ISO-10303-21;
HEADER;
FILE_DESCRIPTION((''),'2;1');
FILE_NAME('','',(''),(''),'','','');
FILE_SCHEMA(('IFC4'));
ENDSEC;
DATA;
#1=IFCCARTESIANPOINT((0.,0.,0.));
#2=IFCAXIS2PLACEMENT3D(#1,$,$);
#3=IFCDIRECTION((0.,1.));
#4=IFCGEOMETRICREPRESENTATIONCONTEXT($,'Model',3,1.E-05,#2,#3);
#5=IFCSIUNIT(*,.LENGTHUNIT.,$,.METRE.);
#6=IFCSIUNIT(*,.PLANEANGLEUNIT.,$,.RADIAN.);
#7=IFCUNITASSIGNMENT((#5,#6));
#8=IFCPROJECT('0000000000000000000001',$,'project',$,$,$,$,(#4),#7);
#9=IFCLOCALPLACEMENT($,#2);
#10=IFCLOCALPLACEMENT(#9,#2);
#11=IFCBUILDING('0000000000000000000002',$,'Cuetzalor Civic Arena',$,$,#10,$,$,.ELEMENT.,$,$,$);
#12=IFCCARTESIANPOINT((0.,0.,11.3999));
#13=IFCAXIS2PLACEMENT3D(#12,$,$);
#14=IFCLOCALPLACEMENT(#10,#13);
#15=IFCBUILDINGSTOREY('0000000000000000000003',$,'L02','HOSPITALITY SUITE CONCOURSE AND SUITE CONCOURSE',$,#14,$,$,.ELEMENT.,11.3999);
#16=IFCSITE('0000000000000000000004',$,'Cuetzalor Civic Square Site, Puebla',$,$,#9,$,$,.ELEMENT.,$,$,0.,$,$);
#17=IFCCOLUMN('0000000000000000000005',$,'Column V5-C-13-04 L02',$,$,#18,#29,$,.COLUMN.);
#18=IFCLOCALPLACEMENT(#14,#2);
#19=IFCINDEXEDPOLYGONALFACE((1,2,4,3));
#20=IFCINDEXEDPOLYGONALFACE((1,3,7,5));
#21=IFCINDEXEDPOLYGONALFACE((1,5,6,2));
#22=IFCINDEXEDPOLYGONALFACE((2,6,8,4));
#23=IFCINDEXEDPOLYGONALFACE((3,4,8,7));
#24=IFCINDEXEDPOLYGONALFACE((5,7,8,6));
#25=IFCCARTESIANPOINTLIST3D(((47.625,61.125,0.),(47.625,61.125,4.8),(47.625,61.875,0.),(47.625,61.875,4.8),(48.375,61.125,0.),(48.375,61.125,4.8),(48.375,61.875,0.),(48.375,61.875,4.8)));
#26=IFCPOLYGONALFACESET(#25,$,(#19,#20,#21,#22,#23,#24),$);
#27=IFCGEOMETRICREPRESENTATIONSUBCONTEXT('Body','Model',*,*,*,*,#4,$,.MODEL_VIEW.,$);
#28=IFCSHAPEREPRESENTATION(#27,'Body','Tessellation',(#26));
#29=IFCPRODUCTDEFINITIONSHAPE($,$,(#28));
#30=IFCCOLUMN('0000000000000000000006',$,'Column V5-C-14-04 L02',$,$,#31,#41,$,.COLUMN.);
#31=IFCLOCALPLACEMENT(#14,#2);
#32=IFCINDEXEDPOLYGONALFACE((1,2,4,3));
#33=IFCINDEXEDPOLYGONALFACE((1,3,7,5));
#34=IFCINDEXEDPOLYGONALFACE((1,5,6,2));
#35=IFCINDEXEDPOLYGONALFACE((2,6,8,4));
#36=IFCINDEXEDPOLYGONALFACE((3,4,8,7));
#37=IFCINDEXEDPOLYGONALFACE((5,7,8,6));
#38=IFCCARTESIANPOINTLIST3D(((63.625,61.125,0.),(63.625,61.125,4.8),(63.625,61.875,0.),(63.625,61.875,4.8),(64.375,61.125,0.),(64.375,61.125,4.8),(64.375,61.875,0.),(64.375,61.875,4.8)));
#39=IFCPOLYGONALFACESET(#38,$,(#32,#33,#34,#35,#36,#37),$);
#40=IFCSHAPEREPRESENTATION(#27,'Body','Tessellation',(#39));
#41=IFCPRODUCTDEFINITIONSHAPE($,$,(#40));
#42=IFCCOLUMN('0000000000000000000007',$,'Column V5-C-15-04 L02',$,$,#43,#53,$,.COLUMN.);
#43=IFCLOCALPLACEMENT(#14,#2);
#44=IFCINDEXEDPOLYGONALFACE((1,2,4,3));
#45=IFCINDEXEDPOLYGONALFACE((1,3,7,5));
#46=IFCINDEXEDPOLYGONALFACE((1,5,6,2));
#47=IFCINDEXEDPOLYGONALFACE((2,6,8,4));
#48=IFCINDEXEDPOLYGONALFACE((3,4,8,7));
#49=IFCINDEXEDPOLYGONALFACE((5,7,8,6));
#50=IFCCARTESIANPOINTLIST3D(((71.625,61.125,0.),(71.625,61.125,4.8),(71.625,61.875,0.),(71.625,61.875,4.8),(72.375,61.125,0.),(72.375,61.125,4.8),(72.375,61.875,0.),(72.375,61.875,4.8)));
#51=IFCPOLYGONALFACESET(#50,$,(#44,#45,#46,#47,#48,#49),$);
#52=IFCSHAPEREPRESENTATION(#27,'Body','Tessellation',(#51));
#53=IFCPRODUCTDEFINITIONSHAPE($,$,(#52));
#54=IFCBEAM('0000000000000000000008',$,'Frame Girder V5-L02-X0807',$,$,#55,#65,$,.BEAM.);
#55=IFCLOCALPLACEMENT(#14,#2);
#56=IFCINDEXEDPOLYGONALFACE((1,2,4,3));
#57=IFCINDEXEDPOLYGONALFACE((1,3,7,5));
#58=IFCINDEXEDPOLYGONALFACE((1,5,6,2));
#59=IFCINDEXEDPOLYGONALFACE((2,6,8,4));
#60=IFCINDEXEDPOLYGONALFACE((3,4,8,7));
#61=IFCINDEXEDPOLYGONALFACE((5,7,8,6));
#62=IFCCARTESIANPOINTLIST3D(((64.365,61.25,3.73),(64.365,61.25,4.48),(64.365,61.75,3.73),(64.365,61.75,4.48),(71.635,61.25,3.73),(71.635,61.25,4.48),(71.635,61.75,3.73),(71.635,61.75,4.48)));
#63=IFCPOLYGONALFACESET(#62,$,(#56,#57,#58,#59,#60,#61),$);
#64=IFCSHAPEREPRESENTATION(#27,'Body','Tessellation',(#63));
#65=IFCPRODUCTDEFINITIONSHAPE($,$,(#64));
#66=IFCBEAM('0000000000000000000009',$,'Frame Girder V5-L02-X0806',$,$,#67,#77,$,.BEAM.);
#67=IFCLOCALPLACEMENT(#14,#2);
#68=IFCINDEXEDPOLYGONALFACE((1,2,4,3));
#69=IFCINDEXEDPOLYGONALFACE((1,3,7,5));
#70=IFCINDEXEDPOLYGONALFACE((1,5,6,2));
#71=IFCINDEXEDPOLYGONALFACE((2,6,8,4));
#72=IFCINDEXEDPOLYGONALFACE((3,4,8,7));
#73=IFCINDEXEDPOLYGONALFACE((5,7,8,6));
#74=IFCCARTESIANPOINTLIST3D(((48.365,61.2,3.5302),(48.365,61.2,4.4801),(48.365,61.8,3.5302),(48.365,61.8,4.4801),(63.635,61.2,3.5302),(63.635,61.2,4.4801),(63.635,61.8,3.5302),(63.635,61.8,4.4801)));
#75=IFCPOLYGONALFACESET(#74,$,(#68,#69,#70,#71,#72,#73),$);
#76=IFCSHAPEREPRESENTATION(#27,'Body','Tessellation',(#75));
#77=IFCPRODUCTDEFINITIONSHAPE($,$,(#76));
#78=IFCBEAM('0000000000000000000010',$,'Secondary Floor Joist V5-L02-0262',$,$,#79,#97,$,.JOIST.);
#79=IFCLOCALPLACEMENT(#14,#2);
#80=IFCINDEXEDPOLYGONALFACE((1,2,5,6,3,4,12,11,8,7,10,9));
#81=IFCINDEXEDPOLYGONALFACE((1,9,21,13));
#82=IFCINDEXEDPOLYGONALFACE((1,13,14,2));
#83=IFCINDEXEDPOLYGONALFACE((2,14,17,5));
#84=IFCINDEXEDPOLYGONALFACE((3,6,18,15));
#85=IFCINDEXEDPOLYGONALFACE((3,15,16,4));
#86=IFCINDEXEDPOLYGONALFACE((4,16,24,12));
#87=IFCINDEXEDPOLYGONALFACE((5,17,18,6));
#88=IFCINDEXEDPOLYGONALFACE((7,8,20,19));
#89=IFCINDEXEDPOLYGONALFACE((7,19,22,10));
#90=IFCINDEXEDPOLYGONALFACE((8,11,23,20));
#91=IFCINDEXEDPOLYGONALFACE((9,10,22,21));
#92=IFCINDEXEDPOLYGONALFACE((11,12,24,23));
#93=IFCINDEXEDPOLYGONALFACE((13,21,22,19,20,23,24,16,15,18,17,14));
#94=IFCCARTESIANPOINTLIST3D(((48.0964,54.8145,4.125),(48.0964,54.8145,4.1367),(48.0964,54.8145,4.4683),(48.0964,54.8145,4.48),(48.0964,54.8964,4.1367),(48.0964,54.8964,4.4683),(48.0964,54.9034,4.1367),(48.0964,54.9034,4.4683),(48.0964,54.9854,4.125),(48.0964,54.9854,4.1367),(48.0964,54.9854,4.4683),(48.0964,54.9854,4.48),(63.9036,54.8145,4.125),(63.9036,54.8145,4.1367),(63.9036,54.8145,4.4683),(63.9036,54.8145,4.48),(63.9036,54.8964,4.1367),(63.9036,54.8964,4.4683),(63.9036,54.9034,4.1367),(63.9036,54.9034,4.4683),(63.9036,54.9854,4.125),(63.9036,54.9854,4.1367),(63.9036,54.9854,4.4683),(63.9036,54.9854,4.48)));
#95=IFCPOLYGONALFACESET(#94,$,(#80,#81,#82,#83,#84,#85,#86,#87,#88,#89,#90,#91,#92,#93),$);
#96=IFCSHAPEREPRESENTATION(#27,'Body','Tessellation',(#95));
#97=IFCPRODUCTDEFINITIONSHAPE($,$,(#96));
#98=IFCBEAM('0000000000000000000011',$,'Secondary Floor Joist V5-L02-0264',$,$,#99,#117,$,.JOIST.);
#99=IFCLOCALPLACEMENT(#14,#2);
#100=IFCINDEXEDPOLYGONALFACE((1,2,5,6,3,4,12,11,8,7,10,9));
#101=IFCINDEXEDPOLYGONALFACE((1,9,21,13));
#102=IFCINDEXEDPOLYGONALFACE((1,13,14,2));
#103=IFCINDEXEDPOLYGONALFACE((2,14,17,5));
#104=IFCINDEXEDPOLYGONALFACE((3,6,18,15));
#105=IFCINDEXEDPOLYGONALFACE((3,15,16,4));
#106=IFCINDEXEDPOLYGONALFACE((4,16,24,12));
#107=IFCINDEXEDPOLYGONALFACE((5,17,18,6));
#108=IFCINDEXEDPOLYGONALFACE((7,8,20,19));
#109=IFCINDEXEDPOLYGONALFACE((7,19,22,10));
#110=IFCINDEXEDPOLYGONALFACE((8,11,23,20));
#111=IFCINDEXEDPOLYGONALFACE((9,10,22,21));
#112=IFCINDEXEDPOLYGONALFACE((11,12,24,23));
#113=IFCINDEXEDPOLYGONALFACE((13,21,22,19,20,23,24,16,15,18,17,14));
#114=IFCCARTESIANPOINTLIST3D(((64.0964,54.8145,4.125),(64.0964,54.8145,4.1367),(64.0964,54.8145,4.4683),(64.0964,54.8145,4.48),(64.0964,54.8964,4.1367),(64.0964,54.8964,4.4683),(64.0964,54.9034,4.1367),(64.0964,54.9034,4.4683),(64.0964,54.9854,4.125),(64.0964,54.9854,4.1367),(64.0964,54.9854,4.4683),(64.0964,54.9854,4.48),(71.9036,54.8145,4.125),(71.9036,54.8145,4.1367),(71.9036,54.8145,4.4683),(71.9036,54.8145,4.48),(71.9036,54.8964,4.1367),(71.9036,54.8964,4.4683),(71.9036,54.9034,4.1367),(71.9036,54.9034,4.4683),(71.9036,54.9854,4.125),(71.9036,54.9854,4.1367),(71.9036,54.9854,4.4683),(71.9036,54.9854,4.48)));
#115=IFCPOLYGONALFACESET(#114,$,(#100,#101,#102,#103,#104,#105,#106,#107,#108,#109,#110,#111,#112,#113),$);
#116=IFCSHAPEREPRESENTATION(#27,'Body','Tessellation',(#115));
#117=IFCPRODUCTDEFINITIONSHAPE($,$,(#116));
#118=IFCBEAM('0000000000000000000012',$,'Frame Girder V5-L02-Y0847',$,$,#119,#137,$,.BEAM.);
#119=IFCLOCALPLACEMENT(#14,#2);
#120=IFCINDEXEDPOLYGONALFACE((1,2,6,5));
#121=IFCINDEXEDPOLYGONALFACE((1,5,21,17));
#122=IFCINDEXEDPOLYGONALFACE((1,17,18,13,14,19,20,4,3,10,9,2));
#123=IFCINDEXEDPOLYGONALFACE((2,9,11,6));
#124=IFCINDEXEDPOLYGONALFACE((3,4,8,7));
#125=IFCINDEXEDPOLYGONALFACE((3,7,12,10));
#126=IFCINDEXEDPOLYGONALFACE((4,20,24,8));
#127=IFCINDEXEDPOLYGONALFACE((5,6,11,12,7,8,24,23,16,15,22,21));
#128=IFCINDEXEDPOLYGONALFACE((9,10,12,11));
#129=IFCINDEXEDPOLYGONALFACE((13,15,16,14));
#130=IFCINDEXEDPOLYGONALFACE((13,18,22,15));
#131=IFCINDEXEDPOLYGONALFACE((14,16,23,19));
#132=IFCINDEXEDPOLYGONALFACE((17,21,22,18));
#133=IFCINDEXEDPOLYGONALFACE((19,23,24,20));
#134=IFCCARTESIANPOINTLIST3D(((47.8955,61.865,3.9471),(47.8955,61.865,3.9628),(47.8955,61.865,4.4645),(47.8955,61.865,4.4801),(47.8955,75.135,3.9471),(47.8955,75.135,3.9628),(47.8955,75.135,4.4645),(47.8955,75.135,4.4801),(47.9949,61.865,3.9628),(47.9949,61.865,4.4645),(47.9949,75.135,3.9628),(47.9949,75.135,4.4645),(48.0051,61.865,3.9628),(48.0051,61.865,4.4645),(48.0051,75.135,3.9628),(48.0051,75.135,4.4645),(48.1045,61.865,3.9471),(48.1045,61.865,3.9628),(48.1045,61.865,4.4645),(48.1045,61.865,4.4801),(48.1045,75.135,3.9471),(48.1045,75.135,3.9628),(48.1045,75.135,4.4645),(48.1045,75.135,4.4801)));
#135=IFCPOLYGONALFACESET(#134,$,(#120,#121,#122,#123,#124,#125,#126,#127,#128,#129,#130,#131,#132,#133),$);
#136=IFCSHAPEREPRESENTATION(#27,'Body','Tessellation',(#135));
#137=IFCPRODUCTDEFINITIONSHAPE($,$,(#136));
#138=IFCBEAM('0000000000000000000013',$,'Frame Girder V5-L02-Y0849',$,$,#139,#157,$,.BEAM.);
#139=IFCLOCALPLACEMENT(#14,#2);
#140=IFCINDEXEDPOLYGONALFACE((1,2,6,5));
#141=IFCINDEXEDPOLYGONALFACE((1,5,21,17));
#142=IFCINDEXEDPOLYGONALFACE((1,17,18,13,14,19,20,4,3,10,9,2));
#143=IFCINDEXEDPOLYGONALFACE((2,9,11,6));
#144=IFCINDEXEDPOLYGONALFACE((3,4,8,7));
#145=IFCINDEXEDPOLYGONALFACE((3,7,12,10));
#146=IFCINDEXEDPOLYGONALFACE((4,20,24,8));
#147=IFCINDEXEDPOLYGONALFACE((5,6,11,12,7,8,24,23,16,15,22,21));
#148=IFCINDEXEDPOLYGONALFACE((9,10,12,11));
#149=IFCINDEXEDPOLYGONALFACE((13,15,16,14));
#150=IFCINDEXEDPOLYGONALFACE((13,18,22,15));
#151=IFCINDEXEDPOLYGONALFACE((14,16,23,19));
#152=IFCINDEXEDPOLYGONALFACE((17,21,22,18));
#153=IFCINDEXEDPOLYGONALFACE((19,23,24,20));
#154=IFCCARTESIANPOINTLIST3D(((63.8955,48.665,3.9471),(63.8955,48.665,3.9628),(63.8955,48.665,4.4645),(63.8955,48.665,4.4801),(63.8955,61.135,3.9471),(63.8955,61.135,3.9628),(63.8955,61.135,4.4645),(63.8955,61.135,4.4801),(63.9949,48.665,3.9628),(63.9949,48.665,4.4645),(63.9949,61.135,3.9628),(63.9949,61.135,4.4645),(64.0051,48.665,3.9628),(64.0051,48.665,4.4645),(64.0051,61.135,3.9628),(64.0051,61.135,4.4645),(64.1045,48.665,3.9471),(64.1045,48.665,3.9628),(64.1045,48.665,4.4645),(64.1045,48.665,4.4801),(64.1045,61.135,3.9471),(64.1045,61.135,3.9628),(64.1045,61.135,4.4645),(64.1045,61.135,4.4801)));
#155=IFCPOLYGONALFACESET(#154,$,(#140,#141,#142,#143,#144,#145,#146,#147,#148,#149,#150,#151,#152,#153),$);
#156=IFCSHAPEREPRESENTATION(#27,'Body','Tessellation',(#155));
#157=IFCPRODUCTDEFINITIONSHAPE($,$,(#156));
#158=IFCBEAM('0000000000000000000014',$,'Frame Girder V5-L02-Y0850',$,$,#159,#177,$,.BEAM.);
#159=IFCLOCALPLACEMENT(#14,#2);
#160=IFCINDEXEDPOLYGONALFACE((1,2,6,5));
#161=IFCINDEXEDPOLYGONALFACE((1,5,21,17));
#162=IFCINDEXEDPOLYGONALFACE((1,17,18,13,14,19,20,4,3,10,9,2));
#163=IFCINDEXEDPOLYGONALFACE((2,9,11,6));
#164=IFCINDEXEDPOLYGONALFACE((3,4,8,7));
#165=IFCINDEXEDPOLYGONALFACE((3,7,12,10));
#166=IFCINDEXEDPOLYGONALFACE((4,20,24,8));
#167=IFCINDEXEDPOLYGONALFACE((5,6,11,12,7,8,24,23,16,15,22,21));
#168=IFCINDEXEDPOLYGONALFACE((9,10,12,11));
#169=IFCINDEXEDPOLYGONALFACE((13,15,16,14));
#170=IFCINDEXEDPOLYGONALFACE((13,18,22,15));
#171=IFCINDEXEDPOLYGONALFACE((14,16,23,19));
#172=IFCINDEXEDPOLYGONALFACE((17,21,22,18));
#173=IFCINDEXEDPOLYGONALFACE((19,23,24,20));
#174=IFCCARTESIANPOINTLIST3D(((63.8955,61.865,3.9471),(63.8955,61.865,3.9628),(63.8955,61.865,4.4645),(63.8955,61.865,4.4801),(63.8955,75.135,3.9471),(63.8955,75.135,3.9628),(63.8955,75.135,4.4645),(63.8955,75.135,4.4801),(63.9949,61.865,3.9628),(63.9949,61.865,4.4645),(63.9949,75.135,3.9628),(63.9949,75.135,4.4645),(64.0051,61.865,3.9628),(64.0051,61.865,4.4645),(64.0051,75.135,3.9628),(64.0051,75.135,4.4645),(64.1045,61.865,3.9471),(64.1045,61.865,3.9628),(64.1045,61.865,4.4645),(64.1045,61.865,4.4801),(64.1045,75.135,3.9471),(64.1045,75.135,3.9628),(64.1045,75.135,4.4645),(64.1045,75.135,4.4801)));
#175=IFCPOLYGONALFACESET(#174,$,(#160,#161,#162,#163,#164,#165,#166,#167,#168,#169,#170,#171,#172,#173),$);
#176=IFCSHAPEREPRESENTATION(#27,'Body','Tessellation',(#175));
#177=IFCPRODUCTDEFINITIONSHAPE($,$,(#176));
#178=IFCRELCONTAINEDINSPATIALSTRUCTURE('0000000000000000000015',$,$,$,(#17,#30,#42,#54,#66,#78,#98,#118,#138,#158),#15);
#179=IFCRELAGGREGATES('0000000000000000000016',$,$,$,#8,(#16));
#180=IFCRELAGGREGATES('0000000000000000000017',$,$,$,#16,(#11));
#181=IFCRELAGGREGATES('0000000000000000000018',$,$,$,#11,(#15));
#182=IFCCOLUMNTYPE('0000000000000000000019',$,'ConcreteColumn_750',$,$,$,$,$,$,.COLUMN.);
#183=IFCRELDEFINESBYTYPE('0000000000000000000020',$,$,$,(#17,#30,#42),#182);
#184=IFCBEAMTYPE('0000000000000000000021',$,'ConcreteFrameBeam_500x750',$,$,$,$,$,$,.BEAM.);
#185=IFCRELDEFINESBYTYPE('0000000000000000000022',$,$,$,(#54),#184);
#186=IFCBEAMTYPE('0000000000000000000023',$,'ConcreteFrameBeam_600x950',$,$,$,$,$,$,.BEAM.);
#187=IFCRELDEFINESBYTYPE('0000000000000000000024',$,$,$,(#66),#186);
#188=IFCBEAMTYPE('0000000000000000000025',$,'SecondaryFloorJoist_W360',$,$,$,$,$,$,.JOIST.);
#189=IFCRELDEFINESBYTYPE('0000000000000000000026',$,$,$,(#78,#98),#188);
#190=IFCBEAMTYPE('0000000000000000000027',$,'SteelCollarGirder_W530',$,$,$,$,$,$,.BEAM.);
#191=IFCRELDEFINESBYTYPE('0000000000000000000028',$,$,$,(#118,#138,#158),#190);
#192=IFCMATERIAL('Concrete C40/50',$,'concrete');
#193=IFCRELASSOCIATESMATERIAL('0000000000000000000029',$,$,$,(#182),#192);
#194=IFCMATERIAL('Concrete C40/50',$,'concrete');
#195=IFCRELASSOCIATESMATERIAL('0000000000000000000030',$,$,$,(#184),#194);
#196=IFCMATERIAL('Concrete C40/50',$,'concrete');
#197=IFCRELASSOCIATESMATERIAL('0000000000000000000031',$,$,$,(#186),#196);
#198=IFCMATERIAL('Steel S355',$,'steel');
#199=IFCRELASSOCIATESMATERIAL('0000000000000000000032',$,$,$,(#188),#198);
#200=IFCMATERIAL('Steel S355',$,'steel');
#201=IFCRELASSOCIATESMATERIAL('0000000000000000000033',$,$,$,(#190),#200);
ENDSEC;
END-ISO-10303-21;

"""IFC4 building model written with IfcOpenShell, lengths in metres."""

from ifc_helpers import new_model, si_unit, direction, frame, origin, origin_2d, place, context, subcontext, project, spatial, rectangle, i_section, extrude, material, material_profile, profile_set, type_object, element, save


model = new_model("IFC4")

# Units and contexts
model_context = context("Model", 3, precision=1e-05, world=origin(), true_north=direction((0.0, 1.0)))
body_context = subcontext(model_context, "Body", "Model", "MODEL_VIEW")
ifc_project = project(units=[si_unit("LENGTHUNIT", "METRE"), si_unit("PLANEANGLEUNIT", "RADIAN")], contexts=[model_context])

# Site, building, storey
site_placement = place(None, origin())
site = spatial("IfcSite", under=ifc_project, at=site_placement, Name="Cuetzalor Civic Square Site, Puebla", CompositionType="ELEMENT", RefElevation=0.0)
building_placement = place(site_placement, origin())
building = spatial("IfcBuilding", under=site, at=building_placement, Name="Cuetzalor Civic Arena", CompositionType="ELEMENT")
storey_placement = place(building_placement, frame((0.0, 0.0, 11.3999)))
storey = spatial("IfcBuildingStorey", under=building, at=storey_placement, Name="L02", Description="HOSPITALITY SUITE CONCOURSE AND SUITE CONCOURSE", CompositionType="ELEMENT", Elevation=11.3999)

# Columns
ifc_material_1 = material(Name="Concrete C40/50", Category="concrete")
ifc_material_profile_1 = material_profile(ifc_material_1, rectangle(XDim=0.75, YDim=0.75, at=origin_2d()), Name="RC 750x750")
ifc_profile_set_1 = profile_set([ifc_material_profile_1], Name="Concrete C40/50")
column_type = type_object("IfcColumnType", Name="ConcreteColumn_750", PredefinedType="COLUMN", material=ifc_profile_set_1)
for number, where, z_axis, x_axis, name in (
    (1, (48.0, 61.5, 0.0), (0.0, 0.0, 1.0), (1.0, 0.0, 0.0), "Column V5-C-13-04 L02"),
    (2, (64.0, 61.5, 0.0), (0.0, 0.0, 1.0), (1.0, 0.0, 0.0), "Column V5-C-14-04 L02"),
    (3, (72.0, 61.5, 0.0), (0.0, 0.0, 1.0), (1.0, 0.0, 0.0), "Column V5-C-15-04 L02"),
):
    element("IfcColumn", number, at=place(storey_placement, frame(where, z_axis=z_axis, x_axis=x_axis)), inside=storey, type_object=column_type, Name=name, PredefinedType="COLUMN", context=body_context, shape_type="SweptSolid", body=[
        extrude(rectangle(XDim=0.75, YDim=0.75, at=origin_2d()), origin(), (0.0, 0.0, 1.0), 4.8),
    ])

# Beams
ifc_material_2 = material(Name="Concrete C40/50", Category="concrete")
ifc_material_profile_2 = material_profile(ifc_material_2, rectangle(XDim=0.5, YDim=0.75, at=origin_2d()), Name="RC 500x750")
ifc_profile_set_2 = profile_set([ifc_material_profile_2], Name="Concrete C40/50")
beam_type_1 = type_object("IfcBeamType", Name="ConcreteFrameBeam_500x750", PredefinedType="BEAM", material=ifc_profile_set_2)
beam_1_placement = place(storey_placement, frame((64.365, 61.5, 4.105), z_axis=(1.0, 0.0, 0.0), x_axis=(0.0, 1.0, 0.0)))
element("IfcBeam", 4, at=beam_1_placement, inside=storey, type_object=beam_type_1, Name="Frame Girder V5-L02-X0807", PredefinedType="BEAM", context=body_context, shape_type="SweptSolid", body=[
    extrude(rectangle(XDim=0.5, YDim=0.75, at=origin_2d()), origin(), (0.0, 0.0, 1.0), 7.27),
])
ifc_material_3 = material(Name="Concrete C40/50", Category="concrete")
ifc_material_profile_3 = material_profile(ifc_material_3, rectangle(XDim=0.6001, YDim=0.95, at=origin_2d()), Name="RC 600x950")
ifc_profile_set_3 = profile_set([ifc_material_profile_3], Name="Concrete C40/50")
beam_type_2 = type_object("IfcBeamType", Name="ConcreteFrameBeam_600x950", PredefinedType="BEAM", material=ifc_profile_set_3)
beam_2_placement = place(storey_placement, frame((48.365, 61.5, 4.0051), z_axis=(1.0, 0.0, 0.0), x_axis=(0.0, 1.0, 0.0)))
element("IfcBeam", 5, at=beam_2_placement, inside=storey, type_object=beam_type_2, Name="Frame Girder V5-L02-X0806", PredefinedType="BEAM", context=body_context, shape_type="SweptSolid", body=[
    extrude(rectangle(XDim=0.6001, YDim=0.95, at=origin_2d()), origin(), (0.0, 0.0, 1.0), 15.27),
])
ifc_material_4 = material(Name="Steel S355", Category="steel")
ifc_material_profile_4 = material_profile(ifc_material_4, i_section(OverallWidth=0.1709, OverallDepth=0.355, WebThickness=0.0071, FlangeThickness=0.0117, at=origin_2d()), Name="W360x51")
ifc_profile_set_4 = profile_set([ifc_material_profile_4], Name="Steel S355")
beam_type_3 = type_object("IfcBeamType", Name="SecondaryFloorJoist_W360", PredefinedType="JOIST", material=ifc_profile_set_4)
beam_3_placement = place(storey_placement, frame((48.0964, 54.8999, 4.3025), z_axis=(1.0, 0.0, 0.0), x_axis=(0.0, 1.0, 0.0)))
element("IfcBeam", 6, at=beam_3_placement, inside=storey, type_object=beam_type_3, Name="Secondary Floor Joist V5-L02-0262", PredefinedType="JOIST", context=body_context, shape_type="SweptSolid", body=[
    extrude(i_section(OverallWidth=0.1709, OverallDepth=0.355, WebThickness=0.0071, FlangeThickness=0.0117, at=origin_2d()), origin(), (0.0, 0.0, 1.0), 15.8071),
])
beam_4_placement = place(storey_placement, frame((64.0964, 54.8999, 4.3025), z_axis=(1.0, 0.0, 0.0), x_axis=(0.0, 1.0, 0.0)))
element("IfcBeam", 7, at=beam_4_placement, inside=storey, type_object=beam_type_3, Name="Secondary Floor Joist V5-L02-0264", PredefinedType="JOIST", context=body_context, shape_type="SweptSolid", body=[
    extrude(i_section(OverallWidth=0.1709, OverallDepth=0.355, WebThickness=0.0071, FlangeThickness=0.0117, at=origin_2d()), origin(), (0.0, 0.0, 1.0), 7.8071),
])
ifc_material_5 = material(Name="Steel S355", Category="steel")
ifc_material_profile_5 = material_profile(ifc_material_5, i_section(OverallWidth=0.209, OverallDepth=0.533, WebThickness=0.0103, FlangeThickness=0.0156, at=origin_2d()), Name="W530x92")
ifc_profile_set_5 = profile_set([ifc_material_profile_5], Name="Steel S355")
beam_type_4 = type_object("IfcBeamType", Name="SteelCollarGirder_W530", PredefinedType="BEAM", material=ifc_profile_set_5)
beam_5_placement = place(storey_placement, frame((48.0, 61.865, 4.2136), z_axis=(0.0, 1.0, 0.0), x_axis=(-1.0, 0.0, 0.0)))
element("IfcBeam", 8, at=beam_5_placement, inside=storey, type_object=beam_type_4, Name="Frame Girder V5-L02-Y0847", PredefinedType="BEAM", context=body_context, shape_type="SweptSolid", body=[
    extrude(i_section(OverallWidth=0.209, OverallDepth=0.533, WebThickness=0.0103, FlangeThickness=0.0156, at=origin_2d()), origin(), (0.0, 0.0, 1.0), 13.27),
])
beam_6_placement = place(storey_placement, frame((64.0, 48.665, 4.2136), z_axis=(0.0, 1.0, 0.0), x_axis=(-1.0, 0.0, 0.0)))
element("IfcBeam", 9, at=beam_6_placement, inside=storey, type_object=beam_type_4, Name="Frame Girder V5-L02-Y0849", PredefinedType="BEAM", context=body_context, shape_type="SweptSolid", body=[
    extrude(i_section(OverallWidth=0.209, OverallDepth=0.533, WebThickness=0.0103, FlangeThickness=0.0156, at=origin_2d()), origin(), (0.0, 0.0, 1.0), 12.47),
])
beam_7_placement = place(storey_placement, frame((64.0, 61.865, 4.2136), z_axis=(0.0, 1.0, 0.0), x_axis=(-1.0, 0.0, 0.0)))
element("IfcBeam", 10, at=beam_7_placement, inside=storey, type_object=beam_type_4, Name="Frame Girder V5-L02-Y0850", PredefinedType="BEAM", context=body_context, shape_type="SweptSolid", body=[
    extrude(i_section(OverallWidth=0.209, OverallDepth=0.533, WebThickness=0.0103, FlangeThickness=0.0156, at=origin_2d()), origin(), (0.0, 0.0, 1.0), 13.27),
])

save(model, "model.ifc")
